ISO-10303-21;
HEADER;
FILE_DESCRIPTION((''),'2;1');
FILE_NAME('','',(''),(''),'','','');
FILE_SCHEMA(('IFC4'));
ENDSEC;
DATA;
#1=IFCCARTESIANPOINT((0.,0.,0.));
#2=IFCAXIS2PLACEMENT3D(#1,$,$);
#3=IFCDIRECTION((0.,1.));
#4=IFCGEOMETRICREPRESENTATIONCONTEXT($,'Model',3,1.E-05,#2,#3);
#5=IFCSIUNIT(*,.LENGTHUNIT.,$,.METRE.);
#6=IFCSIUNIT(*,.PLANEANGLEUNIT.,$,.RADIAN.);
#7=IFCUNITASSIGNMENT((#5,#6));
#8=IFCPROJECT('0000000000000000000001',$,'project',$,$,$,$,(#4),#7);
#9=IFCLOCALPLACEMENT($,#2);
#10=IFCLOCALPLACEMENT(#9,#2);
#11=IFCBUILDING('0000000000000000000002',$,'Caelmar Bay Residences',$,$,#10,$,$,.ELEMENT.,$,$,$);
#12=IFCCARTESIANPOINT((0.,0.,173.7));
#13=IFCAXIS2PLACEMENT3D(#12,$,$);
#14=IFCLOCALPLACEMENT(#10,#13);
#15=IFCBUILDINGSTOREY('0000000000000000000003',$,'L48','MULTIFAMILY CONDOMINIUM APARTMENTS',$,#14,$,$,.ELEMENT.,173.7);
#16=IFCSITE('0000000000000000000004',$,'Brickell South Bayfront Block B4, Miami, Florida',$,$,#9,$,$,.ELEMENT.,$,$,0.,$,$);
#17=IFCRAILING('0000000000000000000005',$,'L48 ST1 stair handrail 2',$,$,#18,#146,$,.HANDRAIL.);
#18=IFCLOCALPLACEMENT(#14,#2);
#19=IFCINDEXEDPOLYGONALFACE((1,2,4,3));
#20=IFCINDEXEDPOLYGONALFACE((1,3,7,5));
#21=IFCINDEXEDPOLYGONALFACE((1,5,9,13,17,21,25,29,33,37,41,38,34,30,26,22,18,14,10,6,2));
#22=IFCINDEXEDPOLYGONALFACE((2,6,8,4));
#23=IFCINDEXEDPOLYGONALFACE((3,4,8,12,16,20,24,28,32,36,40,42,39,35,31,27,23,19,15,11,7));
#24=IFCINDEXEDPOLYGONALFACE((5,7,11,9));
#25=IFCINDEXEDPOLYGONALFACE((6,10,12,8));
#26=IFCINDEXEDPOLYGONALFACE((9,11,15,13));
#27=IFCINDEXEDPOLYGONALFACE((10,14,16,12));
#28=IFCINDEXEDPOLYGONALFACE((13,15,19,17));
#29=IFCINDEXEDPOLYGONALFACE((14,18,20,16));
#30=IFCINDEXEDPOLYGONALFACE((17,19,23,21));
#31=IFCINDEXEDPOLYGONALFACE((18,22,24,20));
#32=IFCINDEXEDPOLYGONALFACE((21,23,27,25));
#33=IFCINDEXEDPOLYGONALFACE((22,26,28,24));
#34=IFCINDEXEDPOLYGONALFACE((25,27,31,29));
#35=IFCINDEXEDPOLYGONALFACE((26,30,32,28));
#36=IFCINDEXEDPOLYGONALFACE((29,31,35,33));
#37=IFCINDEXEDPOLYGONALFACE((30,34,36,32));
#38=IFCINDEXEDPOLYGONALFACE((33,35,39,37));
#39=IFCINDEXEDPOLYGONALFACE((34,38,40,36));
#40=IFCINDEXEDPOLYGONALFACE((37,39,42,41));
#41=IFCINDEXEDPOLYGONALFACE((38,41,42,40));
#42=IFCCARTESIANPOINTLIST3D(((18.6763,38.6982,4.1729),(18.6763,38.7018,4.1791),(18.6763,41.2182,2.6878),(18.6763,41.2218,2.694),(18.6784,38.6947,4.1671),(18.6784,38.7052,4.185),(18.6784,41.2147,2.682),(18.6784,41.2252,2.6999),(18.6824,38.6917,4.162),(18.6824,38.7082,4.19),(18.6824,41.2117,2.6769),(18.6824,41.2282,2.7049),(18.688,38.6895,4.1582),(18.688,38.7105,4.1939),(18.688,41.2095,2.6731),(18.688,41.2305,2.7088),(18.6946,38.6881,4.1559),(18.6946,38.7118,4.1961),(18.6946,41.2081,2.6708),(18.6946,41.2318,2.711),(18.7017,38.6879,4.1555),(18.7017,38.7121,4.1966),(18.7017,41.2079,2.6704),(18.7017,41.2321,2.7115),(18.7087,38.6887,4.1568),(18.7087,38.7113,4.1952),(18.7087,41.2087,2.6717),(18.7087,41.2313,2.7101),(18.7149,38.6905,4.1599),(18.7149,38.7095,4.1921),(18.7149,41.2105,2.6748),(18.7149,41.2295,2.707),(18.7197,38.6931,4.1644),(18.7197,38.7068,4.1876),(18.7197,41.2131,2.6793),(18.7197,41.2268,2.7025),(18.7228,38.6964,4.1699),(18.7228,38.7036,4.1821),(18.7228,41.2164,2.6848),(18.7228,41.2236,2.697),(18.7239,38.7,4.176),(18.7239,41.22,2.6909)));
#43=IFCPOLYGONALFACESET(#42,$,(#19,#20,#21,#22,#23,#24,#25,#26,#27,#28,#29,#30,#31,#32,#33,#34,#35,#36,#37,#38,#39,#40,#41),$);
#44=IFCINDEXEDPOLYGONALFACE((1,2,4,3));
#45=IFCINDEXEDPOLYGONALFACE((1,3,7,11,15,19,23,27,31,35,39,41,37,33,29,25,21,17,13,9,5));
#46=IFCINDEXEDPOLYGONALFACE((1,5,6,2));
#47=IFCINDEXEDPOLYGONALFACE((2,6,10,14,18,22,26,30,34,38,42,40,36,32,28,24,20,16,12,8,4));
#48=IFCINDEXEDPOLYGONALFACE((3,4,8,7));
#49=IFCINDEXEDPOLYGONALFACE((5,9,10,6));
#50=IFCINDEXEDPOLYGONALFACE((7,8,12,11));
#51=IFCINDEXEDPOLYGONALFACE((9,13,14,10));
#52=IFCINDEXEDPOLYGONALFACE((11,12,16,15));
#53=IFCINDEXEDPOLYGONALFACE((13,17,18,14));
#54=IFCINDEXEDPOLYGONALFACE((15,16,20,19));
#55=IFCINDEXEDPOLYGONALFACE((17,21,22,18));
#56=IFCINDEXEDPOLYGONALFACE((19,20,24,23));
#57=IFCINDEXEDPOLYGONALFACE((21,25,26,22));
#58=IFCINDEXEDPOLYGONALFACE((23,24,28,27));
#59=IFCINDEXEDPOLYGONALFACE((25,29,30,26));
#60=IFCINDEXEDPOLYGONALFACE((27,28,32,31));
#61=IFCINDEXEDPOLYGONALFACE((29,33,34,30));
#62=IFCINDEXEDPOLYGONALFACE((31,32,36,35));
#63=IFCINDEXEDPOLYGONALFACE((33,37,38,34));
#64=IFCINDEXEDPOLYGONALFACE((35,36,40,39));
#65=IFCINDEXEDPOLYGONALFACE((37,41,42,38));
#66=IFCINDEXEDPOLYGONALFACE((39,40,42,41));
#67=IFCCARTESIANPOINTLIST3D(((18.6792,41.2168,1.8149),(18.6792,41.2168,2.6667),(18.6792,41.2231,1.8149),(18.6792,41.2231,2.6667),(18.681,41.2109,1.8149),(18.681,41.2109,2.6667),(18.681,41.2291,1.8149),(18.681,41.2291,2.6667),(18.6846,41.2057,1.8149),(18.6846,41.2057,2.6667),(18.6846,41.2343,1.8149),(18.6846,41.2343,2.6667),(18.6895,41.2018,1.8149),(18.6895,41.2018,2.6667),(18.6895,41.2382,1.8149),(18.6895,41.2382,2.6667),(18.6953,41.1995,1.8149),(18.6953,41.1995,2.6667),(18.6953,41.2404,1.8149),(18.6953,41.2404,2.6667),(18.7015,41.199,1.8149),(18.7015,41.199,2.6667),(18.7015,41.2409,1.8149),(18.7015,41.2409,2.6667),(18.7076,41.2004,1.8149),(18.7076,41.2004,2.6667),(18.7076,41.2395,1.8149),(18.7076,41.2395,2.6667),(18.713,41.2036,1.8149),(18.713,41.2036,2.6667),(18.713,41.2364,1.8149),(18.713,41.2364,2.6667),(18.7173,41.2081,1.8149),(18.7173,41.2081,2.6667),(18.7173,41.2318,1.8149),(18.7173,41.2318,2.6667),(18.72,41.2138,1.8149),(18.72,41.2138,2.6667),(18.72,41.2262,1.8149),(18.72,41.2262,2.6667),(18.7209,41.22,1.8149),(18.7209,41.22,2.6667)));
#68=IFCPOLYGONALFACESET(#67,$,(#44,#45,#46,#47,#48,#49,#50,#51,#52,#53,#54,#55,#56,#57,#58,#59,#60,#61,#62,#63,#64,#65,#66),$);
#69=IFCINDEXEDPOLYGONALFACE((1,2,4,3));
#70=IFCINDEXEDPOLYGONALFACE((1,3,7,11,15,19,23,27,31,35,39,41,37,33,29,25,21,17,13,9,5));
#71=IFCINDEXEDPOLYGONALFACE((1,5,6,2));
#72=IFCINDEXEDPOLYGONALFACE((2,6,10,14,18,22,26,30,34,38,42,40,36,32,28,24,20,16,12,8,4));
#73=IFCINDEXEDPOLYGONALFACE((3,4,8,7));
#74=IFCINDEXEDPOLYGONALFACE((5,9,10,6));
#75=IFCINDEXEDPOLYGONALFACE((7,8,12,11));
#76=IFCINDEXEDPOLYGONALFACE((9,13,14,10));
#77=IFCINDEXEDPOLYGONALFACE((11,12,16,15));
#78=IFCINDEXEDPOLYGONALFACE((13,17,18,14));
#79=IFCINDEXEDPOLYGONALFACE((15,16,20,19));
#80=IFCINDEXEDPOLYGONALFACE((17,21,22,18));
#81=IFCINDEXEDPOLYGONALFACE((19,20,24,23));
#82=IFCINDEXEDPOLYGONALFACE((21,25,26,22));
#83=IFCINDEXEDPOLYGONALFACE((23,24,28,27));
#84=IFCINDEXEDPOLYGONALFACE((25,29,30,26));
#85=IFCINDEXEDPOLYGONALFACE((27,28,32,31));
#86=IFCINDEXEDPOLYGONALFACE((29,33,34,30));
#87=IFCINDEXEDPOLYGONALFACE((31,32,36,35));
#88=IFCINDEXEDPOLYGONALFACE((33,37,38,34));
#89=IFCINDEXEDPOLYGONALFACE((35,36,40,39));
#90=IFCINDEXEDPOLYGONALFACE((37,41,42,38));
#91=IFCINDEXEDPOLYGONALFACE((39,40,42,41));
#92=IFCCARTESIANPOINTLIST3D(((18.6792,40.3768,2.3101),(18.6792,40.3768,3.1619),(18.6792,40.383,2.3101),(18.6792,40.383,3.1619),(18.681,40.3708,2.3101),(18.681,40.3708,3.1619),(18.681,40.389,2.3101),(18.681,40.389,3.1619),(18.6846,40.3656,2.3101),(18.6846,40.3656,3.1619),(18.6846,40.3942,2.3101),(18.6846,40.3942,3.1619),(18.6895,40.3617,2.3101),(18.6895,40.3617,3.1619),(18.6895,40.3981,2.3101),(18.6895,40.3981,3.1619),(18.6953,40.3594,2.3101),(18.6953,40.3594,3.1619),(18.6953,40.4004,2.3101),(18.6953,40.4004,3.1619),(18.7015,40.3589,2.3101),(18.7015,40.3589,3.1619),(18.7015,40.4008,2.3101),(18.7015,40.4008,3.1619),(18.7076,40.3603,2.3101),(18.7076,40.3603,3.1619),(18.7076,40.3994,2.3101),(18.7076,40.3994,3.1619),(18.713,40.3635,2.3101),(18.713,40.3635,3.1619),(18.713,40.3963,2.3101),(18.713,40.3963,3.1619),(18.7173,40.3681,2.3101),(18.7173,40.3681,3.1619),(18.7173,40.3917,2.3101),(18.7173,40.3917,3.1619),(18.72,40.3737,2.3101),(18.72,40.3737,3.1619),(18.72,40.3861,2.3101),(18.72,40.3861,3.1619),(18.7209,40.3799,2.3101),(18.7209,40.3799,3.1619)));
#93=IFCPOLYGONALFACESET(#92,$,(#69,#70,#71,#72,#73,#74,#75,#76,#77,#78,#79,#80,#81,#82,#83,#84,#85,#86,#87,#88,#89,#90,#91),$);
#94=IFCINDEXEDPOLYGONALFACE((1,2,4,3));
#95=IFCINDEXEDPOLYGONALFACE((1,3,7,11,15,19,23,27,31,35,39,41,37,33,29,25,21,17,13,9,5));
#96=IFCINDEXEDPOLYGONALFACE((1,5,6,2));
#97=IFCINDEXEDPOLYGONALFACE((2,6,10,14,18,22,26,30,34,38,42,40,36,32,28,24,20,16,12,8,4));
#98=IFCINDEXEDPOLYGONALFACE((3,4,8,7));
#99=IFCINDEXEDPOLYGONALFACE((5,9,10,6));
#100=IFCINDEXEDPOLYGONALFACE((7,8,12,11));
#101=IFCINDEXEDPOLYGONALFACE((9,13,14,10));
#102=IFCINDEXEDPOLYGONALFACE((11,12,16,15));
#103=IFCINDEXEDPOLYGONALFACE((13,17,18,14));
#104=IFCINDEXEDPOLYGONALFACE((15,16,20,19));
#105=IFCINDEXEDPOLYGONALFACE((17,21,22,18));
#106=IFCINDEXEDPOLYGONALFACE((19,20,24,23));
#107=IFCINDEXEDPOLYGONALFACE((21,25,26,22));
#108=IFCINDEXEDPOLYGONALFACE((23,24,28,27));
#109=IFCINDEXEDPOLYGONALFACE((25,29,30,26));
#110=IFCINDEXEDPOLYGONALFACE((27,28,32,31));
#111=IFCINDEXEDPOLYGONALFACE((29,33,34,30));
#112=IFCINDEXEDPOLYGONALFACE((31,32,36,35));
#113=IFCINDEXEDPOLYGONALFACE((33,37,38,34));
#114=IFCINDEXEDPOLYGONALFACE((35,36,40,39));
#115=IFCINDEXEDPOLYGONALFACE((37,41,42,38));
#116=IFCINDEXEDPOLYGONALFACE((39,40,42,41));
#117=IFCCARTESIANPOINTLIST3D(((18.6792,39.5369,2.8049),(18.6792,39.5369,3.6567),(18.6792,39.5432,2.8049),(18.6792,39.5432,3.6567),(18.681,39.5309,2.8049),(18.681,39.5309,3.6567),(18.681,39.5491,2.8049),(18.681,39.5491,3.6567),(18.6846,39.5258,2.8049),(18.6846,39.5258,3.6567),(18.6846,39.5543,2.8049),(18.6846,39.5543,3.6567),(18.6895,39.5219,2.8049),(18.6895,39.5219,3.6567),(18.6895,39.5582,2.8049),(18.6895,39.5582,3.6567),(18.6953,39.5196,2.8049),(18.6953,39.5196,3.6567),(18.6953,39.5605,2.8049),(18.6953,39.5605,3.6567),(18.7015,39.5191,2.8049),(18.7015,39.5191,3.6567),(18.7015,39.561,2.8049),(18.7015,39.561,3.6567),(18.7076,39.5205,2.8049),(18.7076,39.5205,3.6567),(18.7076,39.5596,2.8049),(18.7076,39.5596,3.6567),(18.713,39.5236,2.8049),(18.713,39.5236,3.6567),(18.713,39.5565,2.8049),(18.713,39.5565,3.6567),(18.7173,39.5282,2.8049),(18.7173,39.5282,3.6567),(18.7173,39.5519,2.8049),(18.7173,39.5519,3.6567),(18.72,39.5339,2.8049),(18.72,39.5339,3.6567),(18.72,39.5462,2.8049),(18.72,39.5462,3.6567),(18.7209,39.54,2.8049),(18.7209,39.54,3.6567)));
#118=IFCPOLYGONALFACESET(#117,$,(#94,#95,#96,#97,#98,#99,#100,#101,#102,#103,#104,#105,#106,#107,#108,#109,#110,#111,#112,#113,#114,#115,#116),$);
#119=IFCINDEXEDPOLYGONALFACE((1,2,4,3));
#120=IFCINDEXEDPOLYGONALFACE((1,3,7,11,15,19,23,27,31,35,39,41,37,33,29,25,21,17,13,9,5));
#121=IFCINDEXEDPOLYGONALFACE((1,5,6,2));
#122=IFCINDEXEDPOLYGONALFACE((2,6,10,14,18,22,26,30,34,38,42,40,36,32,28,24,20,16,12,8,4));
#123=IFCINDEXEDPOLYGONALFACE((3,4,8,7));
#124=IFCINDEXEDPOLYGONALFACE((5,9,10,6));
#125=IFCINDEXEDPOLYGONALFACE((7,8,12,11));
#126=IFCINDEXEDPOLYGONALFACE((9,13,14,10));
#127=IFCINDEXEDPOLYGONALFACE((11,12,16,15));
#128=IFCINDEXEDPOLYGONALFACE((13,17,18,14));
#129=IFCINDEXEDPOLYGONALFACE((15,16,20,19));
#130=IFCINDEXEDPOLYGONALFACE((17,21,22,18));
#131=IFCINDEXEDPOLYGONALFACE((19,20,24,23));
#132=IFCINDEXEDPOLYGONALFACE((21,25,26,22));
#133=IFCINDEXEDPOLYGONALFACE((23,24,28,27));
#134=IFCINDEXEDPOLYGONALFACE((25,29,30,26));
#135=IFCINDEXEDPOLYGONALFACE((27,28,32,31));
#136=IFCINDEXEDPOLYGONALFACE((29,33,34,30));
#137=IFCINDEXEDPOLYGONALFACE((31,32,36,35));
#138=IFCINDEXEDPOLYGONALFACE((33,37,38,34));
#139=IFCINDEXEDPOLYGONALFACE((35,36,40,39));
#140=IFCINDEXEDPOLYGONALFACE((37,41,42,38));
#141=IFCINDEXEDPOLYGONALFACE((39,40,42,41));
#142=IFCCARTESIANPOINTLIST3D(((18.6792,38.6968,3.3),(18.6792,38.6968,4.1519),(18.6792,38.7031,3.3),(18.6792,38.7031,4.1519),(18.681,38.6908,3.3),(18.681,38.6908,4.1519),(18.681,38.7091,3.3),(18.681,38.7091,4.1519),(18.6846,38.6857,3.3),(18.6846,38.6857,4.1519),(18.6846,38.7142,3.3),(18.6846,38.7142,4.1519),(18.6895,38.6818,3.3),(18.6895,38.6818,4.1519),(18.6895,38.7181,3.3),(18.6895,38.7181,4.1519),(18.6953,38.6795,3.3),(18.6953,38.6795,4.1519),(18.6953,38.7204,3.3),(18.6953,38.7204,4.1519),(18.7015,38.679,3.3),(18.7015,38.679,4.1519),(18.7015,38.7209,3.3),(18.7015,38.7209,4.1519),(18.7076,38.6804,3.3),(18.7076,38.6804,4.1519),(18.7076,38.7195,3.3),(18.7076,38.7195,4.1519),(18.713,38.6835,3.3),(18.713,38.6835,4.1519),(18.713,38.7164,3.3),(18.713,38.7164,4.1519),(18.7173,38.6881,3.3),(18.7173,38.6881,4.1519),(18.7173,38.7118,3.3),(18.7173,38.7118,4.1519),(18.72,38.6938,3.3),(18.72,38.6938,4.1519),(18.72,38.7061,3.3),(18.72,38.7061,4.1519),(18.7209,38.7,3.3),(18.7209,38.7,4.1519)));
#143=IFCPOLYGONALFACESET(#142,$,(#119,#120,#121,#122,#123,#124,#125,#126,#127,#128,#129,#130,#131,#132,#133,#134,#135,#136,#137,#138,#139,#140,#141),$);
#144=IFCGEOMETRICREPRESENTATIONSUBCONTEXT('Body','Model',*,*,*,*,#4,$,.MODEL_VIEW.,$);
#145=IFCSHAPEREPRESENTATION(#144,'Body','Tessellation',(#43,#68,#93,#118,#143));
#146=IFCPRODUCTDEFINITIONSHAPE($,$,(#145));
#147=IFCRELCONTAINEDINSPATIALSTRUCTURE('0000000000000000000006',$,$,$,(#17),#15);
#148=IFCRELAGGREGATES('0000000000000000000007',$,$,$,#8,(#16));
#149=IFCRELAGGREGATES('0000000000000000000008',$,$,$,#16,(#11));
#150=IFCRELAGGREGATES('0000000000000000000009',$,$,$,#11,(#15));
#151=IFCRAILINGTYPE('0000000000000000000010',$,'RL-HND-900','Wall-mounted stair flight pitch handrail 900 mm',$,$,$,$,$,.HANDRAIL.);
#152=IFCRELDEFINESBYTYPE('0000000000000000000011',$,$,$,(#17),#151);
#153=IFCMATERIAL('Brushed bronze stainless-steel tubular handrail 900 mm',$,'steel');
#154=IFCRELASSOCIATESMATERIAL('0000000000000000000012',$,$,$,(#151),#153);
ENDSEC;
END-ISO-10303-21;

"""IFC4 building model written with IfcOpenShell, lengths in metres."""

from ifc_helpers import new_model, si_unit, direction, frame, origin, origin_2d, place, context, subcontext, project, spatial, circle, extrude, material, type_object, element, save


model = new_model("IFC4")

# Units and contexts
model_context = context("Model", 3, precision=1e-05, world=origin(), true_north=direction((0.0, 1.0)))
body_context = subcontext(model_context, "Body", "Model", "MODEL_VIEW")
ifc_project = project(units=[si_unit("LENGTHUNIT", "METRE"), si_unit("PLANEANGLEUNIT", "RADIAN")], contexts=[model_context])

# Site, building, storey
site_placement = place(None, origin())
site = spatial("IfcSite", under=ifc_project, at=site_placement, Name="Brickell South Bayfront Block B4, Miami, Florida", CompositionType="ELEMENT", RefElevation=0.0)
building_placement = place(site_placement, origin())
building = spatial("IfcBuilding", under=site, at=building_placement, Name="Caelmar Bay Residences", CompositionType="ELEMENT")
storey_placement = place(building_placement, frame((0.0, 0.0, 173.7)))
storey = spatial("IfcBuildingStorey", under=building, at=storey_placement, Name="L48", Description="MULTIFAMILY CONDOMINIUM APARTMENTS", CompositionType="ELEMENT", Elevation=173.7)

# Railing
ifc_material_1 = material(Name="Brushed bronze stainless-steel tubular handrail 900 mm", Category="steel")
railing_type_1 = type_object("IfcRailingType", Name="RL-HND-900", Description="Wall-mounted stair flight pitch handrail 900 mm", PredefinedType="HANDRAIL", material=ifc_material_1)
railing_1_placement = place(storey_placement, frame((18.7, 41.22, 1.8149)))
element("IfcRailing", 1, at=railing_1_placement, inside=storey, type_object=railing_type_1, Name="L48 ST1 stair handrail 2", PredefinedType="HANDRAIL", context=body_context, shape_type="SweptSolid", body=[
    extrude(circle(Radius=0.0239, at=origin_2d()), frame((0.0, 0.0, 0.876), z_axis=(0.0, -0.861524, 0.507717), x_axis=(1.0, 0.0, 0.0)), (0.0, 0.0, 1.0), 2.925),
    extrude(circle(Radius=0.021, at=origin_2d()), origin(), (0.0, 0.0, 1.0), 0.8518),
    extrude(circle(Radius=0.021, at=origin_2d()), frame((0.0, -0.8401, 0.4951)), (0.0, 0.0, 1.0), 0.8518),
    extrude(circle(Radius=0.021, at=origin_2d()), frame((0.0, -1.6799, 0.99)), (0.0, 0.0, 1.0), 0.8518),
    extrude(circle(Radius=0.021, at=origin_2d()), frame((0.0, -2.52, 1.4851)), (0.0, 0.0, 1.0), 0.8518),
])

save(model, "model.ifc")
